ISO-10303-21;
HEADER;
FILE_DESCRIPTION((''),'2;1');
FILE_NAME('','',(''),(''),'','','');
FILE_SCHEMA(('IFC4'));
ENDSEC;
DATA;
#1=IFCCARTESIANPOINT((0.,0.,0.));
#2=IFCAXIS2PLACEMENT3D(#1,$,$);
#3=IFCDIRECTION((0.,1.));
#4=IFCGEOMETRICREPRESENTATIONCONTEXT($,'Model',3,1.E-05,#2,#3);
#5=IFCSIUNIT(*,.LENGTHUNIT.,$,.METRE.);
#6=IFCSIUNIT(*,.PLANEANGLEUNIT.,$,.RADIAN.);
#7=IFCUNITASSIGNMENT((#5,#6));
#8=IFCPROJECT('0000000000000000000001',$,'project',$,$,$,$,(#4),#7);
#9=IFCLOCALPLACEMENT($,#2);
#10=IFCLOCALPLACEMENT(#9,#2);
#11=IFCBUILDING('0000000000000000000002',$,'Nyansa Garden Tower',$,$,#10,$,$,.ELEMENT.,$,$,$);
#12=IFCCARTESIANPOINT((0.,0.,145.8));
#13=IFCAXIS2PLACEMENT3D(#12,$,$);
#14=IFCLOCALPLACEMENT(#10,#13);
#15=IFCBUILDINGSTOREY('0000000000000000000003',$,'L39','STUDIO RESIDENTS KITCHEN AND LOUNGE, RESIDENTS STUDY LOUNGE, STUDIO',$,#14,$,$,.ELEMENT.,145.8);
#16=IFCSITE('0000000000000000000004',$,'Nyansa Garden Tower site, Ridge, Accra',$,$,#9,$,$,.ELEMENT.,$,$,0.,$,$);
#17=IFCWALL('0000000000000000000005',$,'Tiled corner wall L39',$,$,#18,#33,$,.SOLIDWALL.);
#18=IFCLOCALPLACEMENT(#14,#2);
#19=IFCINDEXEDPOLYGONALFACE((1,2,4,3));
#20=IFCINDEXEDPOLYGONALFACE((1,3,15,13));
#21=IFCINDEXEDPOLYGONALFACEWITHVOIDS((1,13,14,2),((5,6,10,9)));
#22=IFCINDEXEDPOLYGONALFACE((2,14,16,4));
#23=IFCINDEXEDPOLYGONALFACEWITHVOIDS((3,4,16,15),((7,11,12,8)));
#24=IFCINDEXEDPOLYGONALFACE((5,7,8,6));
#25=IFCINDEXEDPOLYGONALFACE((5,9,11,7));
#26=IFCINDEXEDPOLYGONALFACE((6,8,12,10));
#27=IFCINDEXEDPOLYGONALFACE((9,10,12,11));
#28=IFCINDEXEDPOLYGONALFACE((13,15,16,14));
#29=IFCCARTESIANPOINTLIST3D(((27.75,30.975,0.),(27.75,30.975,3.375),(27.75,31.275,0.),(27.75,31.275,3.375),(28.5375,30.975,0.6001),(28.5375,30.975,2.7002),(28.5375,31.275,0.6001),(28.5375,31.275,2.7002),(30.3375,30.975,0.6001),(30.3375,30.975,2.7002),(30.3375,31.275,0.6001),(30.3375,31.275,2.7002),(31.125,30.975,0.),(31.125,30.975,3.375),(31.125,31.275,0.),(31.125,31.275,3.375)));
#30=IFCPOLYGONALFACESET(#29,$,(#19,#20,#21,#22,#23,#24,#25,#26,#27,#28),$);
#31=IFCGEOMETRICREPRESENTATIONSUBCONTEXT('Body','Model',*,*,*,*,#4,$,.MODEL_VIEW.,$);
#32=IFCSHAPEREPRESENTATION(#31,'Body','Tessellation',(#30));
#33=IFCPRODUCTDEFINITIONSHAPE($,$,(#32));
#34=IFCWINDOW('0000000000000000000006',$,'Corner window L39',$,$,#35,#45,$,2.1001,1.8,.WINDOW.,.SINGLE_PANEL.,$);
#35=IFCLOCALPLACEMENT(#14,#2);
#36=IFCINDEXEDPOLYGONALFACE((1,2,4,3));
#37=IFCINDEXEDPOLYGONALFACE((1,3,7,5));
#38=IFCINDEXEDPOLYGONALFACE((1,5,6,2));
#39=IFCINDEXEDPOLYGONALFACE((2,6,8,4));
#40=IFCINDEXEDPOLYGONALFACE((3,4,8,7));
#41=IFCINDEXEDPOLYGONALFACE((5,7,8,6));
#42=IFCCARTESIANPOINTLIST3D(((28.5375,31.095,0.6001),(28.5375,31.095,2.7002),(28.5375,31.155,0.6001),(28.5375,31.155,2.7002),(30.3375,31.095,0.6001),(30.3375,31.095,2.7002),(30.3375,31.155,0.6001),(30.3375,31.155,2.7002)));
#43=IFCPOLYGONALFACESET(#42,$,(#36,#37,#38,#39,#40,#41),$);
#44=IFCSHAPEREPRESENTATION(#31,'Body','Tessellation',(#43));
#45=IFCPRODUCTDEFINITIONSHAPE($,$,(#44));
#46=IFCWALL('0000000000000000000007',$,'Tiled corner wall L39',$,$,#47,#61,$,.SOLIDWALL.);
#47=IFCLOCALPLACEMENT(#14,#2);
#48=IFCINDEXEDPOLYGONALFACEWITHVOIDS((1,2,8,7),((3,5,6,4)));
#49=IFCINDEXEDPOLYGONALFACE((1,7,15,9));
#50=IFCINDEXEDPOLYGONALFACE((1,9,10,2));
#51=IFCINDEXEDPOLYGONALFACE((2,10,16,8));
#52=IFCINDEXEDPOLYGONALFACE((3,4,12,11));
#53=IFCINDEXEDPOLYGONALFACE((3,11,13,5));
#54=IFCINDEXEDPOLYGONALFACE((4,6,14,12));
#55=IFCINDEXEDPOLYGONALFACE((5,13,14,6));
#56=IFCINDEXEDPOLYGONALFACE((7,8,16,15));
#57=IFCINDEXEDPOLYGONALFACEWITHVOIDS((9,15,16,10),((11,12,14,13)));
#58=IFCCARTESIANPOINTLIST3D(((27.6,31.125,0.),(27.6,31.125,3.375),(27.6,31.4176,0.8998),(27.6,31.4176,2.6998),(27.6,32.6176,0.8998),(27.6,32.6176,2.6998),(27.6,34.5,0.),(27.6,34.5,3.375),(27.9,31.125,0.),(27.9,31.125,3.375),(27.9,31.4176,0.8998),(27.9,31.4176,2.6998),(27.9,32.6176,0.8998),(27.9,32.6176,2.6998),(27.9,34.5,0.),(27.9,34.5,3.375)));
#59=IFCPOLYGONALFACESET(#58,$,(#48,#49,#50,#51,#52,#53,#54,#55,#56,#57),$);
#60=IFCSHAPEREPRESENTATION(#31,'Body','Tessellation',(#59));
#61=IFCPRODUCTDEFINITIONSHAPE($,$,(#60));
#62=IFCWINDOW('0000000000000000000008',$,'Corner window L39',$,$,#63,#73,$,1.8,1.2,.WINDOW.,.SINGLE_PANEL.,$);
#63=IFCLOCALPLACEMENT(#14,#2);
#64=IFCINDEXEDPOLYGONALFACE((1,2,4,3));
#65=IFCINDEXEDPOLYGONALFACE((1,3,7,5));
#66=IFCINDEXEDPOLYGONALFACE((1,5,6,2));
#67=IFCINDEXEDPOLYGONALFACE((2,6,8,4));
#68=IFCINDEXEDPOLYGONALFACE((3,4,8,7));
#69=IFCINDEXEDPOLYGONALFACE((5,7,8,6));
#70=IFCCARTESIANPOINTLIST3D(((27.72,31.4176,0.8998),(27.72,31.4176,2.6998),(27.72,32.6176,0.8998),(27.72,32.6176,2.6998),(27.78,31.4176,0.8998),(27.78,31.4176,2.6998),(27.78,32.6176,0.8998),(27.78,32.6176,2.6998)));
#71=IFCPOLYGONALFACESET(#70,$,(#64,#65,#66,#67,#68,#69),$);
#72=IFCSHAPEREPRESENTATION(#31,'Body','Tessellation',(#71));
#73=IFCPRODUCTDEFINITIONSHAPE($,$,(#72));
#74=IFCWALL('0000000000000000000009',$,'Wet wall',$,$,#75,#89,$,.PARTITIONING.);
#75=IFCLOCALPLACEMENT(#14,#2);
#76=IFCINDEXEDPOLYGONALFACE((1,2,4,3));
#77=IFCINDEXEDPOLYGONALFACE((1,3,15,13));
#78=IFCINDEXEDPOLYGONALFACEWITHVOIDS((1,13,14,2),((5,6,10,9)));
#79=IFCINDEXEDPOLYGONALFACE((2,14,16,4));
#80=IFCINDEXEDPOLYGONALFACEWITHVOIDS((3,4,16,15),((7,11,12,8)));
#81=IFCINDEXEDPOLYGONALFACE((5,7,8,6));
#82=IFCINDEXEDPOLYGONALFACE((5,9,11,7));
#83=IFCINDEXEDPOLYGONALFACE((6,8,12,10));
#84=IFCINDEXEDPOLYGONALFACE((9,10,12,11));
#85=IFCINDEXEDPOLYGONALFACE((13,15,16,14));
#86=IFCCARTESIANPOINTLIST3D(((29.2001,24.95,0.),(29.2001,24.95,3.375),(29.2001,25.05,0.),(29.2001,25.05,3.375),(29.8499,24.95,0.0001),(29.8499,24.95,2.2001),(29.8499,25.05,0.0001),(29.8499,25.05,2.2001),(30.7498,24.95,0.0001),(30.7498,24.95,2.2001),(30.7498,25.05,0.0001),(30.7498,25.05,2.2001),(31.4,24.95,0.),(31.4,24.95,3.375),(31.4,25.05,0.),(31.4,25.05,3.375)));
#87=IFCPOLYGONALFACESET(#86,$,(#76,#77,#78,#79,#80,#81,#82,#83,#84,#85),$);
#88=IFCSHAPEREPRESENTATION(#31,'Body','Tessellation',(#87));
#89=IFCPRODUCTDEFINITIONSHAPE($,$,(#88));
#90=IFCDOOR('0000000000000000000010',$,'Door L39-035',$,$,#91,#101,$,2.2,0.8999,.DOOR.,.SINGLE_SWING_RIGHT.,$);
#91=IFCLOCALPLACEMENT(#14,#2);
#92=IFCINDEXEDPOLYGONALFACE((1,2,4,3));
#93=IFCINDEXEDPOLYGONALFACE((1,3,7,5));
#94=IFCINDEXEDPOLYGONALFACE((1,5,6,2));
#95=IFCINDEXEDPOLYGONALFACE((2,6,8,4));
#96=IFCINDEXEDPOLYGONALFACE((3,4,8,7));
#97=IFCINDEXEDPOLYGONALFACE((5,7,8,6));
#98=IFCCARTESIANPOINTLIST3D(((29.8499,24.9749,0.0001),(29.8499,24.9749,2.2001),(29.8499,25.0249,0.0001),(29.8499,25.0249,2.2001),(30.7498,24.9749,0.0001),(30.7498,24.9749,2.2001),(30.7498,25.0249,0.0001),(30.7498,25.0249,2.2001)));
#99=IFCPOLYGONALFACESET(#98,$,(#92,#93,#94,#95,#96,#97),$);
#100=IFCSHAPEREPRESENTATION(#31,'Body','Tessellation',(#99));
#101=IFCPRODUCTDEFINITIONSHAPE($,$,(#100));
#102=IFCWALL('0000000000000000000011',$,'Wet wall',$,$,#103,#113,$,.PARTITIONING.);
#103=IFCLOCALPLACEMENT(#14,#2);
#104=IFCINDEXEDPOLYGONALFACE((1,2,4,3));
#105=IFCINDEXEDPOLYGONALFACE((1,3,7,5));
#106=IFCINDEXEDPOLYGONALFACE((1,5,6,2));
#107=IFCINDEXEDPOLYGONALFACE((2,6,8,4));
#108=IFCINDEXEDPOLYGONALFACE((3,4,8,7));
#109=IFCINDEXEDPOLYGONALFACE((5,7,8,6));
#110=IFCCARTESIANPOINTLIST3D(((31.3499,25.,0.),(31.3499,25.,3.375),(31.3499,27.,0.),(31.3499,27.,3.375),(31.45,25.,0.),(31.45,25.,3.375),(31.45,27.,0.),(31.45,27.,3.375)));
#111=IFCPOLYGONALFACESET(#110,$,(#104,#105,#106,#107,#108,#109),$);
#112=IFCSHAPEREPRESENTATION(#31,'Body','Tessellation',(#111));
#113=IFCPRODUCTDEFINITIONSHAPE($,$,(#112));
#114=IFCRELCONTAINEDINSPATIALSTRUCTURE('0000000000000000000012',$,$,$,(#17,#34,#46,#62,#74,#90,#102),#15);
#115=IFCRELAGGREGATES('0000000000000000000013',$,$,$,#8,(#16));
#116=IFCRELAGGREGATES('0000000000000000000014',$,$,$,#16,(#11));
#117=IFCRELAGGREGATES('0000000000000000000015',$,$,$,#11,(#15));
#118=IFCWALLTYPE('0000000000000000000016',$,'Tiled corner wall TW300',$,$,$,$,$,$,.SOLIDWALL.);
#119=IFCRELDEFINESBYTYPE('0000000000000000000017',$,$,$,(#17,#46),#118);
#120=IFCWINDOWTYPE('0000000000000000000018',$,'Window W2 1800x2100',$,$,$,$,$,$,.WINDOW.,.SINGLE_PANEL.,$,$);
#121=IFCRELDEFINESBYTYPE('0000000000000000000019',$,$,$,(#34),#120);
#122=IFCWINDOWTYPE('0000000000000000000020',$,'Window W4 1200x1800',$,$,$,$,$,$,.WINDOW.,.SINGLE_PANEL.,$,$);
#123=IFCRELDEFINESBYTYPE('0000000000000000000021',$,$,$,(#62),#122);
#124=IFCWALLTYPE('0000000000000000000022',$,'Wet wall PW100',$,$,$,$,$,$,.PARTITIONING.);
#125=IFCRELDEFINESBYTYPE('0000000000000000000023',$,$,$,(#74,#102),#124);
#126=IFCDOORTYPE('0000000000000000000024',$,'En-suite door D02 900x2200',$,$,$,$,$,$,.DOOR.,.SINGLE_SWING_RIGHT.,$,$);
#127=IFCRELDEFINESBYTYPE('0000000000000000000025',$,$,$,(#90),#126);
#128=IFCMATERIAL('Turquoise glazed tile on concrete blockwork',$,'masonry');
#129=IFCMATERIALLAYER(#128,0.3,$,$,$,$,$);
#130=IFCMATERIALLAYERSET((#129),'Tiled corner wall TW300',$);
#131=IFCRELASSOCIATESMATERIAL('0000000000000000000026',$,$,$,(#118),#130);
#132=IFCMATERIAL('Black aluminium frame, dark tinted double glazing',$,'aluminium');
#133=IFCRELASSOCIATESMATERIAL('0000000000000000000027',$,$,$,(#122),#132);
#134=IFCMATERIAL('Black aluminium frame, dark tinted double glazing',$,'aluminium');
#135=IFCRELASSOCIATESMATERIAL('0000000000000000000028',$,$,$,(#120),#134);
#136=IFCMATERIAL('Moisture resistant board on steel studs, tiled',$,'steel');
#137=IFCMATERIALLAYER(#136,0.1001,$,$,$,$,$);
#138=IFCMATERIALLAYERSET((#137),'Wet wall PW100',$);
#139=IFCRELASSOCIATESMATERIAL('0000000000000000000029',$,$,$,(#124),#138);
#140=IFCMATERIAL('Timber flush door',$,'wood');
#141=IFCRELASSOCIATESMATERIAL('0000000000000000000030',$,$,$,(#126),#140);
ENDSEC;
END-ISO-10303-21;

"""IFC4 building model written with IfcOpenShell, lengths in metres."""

from ifc_helpers import new_model, si_unit, direction, frame, frame_2d, origin, place, context, subcontext, project, spatial, rectangle, extrude, material, layer, layer_set, type_object, element, fill, save


model = new_model("IFC4")

# Units and contexts
model_context = context("Model", 3, precision=1e-05, world=origin(), true_north=direction((0.0, 1.0)))
body_context = subcontext(model_context, "Body", "Model", "MODEL_VIEW")
ifc_project = project(units=[si_unit("LENGTHUNIT", "METRE"), si_unit("PLANEANGLEUNIT", "RADIAN")], contexts=[model_context])

# Site, building, storey
site_placement = place(None, origin())
site = spatial("IfcSite", under=ifc_project, at=site_placement, Name="Nyansa Garden Tower site, Ridge, Accra", CompositionType="ELEMENT", RefElevation=0.0)
building_placement = place(site_placement, origin())
building = spatial("IfcBuilding", under=site, at=building_placement, Name="Nyansa Garden Tower", CompositionType="ELEMENT")
storey_placement = place(building_placement, frame((0.0, 0.0, 145.8)))
storey = spatial("IfcBuildingStorey", under=building, at=storey_placement, Name="L39", Description="STUDIO RESIDENTS KITCHEN AND LOUNGE, RESIDENTS STUDY LOUNGE, STUDIO", CompositionType="ELEMENT", Elevation=145.8)

# Walls, openings, windows
ifc_material_1 = material(Name="Turquoise glazed tile on concrete blockwork", Category="masonry")
ifc_layer_1 = layer(ifc_material_1, 0.3)
ifc_layer_set_1 = layer_set([ifc_layer_1], Name="Tiled corner wall TW300")
wall_type_1 = type_object("IfcWallType", Name="Tiled corner wall TW300", PredefinedType="SOLIDWALL", material=ifc_layer_set_1)
ifc_material_2 = material(Name="Black aluminium frame, dark tinted double glazing", Category="aluminium")
window_type_1 = type_object("IfcWindowType", Name="Window W4 1200x1800", PartitioningType="SINGLE_PANEL", PredefinedType="WINDOW", material=ifc_material_2)
wall_1_placement = place(storey_placement, frame((31.125, 31.125, 0.0), z_axis=(0.0, 0.0, 1.0), x_axis=(-1.0, 0.0, 0.0)))
wall_1 = element("IfcWall", 1, at=wall_1_placement, inside=storey, type_object=wall_type_1, Name="Tiled corner wall L39", PredefinedType="SOLIDWALL", context=body_context, shape_type="SweptSolid", body=[
    extrude(rectangle(XDim=3.375, YDim=0.3, at=frame_2d((1.6875, 0.0))), origin(), (0.0, 0.0, 1.0), 3.375),
])
opening_1_placement = place(wall_1_placement, frame((0.7876, 0.0, 0.6001)))
opening_1 = element("IfcOpeningElement", 2, at=opening_1_placement, cuts=wall_1, PredefinedType="OPENING", context=body_context, shape_type="SweptSolid", body=[
    extrude(rectangle(XDim=1.8, YDim=2.1001, at=frame_2d((0.8999, 1.05))), frame((0.0, 0.1599, 0.0), z_axis=(0.0, -1.0, 0.0), x_axis=(1.0, 0.0, 0.0)), (0.0, 0.0, 1.0), 0.3201),
])
ifc_material_3 = material(Name="Black aluminium frame, dark tinted double glazing", Category="aluminium")
window_type_2 = type_object("IfcWindowType", Name="Window W2 1800x2100", PartitioningType="SINGLE_PANEL", PredefinedType="WINDOW", material=ifc_material_3)
window_1_placement = place(opening_1_placement, origin())
window_1 = element("IfcWindow", 3, at=window_1_placement, inside=storey, type_object=window_type_2, Name="Corner window L39", OverallHeight=2.1001, OverallWidth=1.8, PartitioningType="SINGLE_PANEL", PredefinedType="WINDOW", context=body_context, shape_type="SweptSolid", body=[
    extrude(rectangle(XDim=1.8, YDim=2.1001, at=frame_2d((0.8999, 1.05))), frame((0.0, 0.03, 0.0), z_axis=(0.0, -1.0, 0.0), x_axis=(1.0, 0.0, 0.0)), (0.0, 0.0, 1.0), 0.0601),
])
fill(opening_1, window_1)
wall_2_placement = place(storey_placement, frame((27.75, 31.125, 0.0), z_axis=(0.0, 0.0, 1.0), x_axis=(0.0, 1.0, 0.0)))
wall_2 = element("IfcWall", 4, at=wall_2_placement, inside=storey, type_object=wall_type_1, Name="Tiled corner wall L39", PredefinedType="SOLIDWALL", context=body_context, shape_type="SweptSolid", body=[
    extrude(rectangle(XDim=3.375, YDim=0.3, at=frame_2d((1.6875, 0.0))), origin(), (0.0, 0.0, 1.0), 3.375),
])
opening_2_placement = place(wall_2_placement, frame((0.2925, 0.0, 0.8999)))
opening_2 = element("IfcOpeningElement", 5, at=opening_2_placement, cuts=wall_2, PredefinedType="OPENING", context=body_context, shape_type="SweptSolid", body=[
    extrude(rectangle(XDim=1.2, YDim=1.8, at=frame_2d((0.6001, 0.8999))), frame((0.0, 0.1599, 0.0), z_axis=(0.0, -1.0, 0.0), x_axis=(1.0, 0.0, 0.0)), (0.0, 0.0, 1.0), 0.3201),
])
window_2_placement = place(opening_2_placement, origin())
window_2 = element("IfcWindow", 6, at=window_2_placement, inside=storey, type_object=window_type_1, Name="Corner window L39", OverallHeight=1.8, OverallWidth=1.2, PartitioningType="SINGLE_PANEL", PredefinedType="WINDOW", context=body_context, shape_type="SweptSolid", body=[
    extrude(rectangle(XDim=1.2, YDim=1.8, at=frame_2d((0.6001, 0.8999))), frame((0.0, 0.03, 0.0), z_axis=(0.0, -1.0, 0.0), x_axis=(1.0, 0.0, 0.0)), (0.0, 0.0, 1.0), 0.0601),
])
fill(opening_2, window_2)

# Wall, opening, door
ifc_material_4 = material(Name="Moisture resistant board on steel studs, tiled", Category="steel")
ifc_layer_2 = layer(ifc_material_4, 0.1001)
ifc_layer_set_2 = layer_set([ifc_layer_2], Name="Wet wall PW100")
wall_type_2 = type_object("IfcWallType", Name="Wet wall PW100", PredefinedType="PARTITIONING", material=ifc_layer_set_2)
wall_3_placement = place(storey_placement, frame((29.2, 25.0, 0.0), z_axis=(0.0, 0.0, 1.0), x_axis=(1.0, 0.0, 0.0)))
wall_3 = element("IfcWall", 7, at=wall_3_placement, inside=storey, type_object=wall_type_2, Name="Wet wall", PredefinedType="PARTITIONING", context=body_context, shape_type="SweptSolid", body=[
    extrude(rectangle(XDim=2.2, YDim=0.1001, at=frame_2d((1.1001, 0.0))), origin(), (0.0, 0.0, 1.0), 3.375),
])
opening_3_placement = place(wall_3_placement, frame((0.6499, 0.0, 0.0)))
opening_3 = element("IfcOpeningElement", 8, at=opening_3_placement, cuts=wall_3, PredefinedType="OPENING", context=body_context, shape_type="SweptSolid", body=[
    extrude(rectangle(XDim=0.8999, YDim=2.2, at=frame_2d((0.45, 1.1001))), frame((0.0, 0.0601, 0.0), z_axis=(0.0, -1.0, 0.0), x_axis=(1.0, 0.0, 0.0)), (0.0, 0.0, 1.0), 0.1201),
])
ifc_material_5 = material(Name="Timber flush door", Category="wood")
door_type_1 = type_object("IfcDoorType", Name="En-suite door D02 900x2200", OperationType="SINGLE_SWING_RIGHT", PredefinedType="DOOR", material=ifc_material_5)
door_1_placement = place(opening_3_placement, origin())
door_1 = element("IfcDoor", 9, at=door_1_placement, inside=storey, type_object=door_type_1, Name="Door L39-035", OperationType="SINGLE_SWING_RIGHT", OverallHeight=2.2, OverallWidth=0.8999, PredefinedType="DOOR", context=body_context, shape_type="SweptSolid", body=[
    extrude(rectangle(XDim=0.8999, YDim=2.2, at=frame_2d((0.45, 1.1001))), frame((0.0, 0.0249, 0.0), z_axis=(0.0, -1.0, 0.0), x_axis=(1.0, 0.0, 0.0)), (0.0, 0.0, 1.0), 0.05),
])
fill(opening_3, door_1)

# Wall
wall_4_placement = place(storey_placement, frame((31.3999, 25.0, 0.0), z_axis=(0.0, 0.0, 1.0), x_axis=(0.0, 1.0, 0.0)))
element("IfcWall", 10, at=wall_4_placement, inside=storey, type_object=wall_type_2, Name="Wet wall", PredefinedType="PARTITIONING", context=body_context, shape_type="SweptSolid", body=[
    extrude(rectangle(XDim=2.0, YDim=0.1001, at=frame_2d((1.0, 0.0))), origin(), (0.0, 0.0, 1.0), 3.375),
])

save(model, "model.ifc")
